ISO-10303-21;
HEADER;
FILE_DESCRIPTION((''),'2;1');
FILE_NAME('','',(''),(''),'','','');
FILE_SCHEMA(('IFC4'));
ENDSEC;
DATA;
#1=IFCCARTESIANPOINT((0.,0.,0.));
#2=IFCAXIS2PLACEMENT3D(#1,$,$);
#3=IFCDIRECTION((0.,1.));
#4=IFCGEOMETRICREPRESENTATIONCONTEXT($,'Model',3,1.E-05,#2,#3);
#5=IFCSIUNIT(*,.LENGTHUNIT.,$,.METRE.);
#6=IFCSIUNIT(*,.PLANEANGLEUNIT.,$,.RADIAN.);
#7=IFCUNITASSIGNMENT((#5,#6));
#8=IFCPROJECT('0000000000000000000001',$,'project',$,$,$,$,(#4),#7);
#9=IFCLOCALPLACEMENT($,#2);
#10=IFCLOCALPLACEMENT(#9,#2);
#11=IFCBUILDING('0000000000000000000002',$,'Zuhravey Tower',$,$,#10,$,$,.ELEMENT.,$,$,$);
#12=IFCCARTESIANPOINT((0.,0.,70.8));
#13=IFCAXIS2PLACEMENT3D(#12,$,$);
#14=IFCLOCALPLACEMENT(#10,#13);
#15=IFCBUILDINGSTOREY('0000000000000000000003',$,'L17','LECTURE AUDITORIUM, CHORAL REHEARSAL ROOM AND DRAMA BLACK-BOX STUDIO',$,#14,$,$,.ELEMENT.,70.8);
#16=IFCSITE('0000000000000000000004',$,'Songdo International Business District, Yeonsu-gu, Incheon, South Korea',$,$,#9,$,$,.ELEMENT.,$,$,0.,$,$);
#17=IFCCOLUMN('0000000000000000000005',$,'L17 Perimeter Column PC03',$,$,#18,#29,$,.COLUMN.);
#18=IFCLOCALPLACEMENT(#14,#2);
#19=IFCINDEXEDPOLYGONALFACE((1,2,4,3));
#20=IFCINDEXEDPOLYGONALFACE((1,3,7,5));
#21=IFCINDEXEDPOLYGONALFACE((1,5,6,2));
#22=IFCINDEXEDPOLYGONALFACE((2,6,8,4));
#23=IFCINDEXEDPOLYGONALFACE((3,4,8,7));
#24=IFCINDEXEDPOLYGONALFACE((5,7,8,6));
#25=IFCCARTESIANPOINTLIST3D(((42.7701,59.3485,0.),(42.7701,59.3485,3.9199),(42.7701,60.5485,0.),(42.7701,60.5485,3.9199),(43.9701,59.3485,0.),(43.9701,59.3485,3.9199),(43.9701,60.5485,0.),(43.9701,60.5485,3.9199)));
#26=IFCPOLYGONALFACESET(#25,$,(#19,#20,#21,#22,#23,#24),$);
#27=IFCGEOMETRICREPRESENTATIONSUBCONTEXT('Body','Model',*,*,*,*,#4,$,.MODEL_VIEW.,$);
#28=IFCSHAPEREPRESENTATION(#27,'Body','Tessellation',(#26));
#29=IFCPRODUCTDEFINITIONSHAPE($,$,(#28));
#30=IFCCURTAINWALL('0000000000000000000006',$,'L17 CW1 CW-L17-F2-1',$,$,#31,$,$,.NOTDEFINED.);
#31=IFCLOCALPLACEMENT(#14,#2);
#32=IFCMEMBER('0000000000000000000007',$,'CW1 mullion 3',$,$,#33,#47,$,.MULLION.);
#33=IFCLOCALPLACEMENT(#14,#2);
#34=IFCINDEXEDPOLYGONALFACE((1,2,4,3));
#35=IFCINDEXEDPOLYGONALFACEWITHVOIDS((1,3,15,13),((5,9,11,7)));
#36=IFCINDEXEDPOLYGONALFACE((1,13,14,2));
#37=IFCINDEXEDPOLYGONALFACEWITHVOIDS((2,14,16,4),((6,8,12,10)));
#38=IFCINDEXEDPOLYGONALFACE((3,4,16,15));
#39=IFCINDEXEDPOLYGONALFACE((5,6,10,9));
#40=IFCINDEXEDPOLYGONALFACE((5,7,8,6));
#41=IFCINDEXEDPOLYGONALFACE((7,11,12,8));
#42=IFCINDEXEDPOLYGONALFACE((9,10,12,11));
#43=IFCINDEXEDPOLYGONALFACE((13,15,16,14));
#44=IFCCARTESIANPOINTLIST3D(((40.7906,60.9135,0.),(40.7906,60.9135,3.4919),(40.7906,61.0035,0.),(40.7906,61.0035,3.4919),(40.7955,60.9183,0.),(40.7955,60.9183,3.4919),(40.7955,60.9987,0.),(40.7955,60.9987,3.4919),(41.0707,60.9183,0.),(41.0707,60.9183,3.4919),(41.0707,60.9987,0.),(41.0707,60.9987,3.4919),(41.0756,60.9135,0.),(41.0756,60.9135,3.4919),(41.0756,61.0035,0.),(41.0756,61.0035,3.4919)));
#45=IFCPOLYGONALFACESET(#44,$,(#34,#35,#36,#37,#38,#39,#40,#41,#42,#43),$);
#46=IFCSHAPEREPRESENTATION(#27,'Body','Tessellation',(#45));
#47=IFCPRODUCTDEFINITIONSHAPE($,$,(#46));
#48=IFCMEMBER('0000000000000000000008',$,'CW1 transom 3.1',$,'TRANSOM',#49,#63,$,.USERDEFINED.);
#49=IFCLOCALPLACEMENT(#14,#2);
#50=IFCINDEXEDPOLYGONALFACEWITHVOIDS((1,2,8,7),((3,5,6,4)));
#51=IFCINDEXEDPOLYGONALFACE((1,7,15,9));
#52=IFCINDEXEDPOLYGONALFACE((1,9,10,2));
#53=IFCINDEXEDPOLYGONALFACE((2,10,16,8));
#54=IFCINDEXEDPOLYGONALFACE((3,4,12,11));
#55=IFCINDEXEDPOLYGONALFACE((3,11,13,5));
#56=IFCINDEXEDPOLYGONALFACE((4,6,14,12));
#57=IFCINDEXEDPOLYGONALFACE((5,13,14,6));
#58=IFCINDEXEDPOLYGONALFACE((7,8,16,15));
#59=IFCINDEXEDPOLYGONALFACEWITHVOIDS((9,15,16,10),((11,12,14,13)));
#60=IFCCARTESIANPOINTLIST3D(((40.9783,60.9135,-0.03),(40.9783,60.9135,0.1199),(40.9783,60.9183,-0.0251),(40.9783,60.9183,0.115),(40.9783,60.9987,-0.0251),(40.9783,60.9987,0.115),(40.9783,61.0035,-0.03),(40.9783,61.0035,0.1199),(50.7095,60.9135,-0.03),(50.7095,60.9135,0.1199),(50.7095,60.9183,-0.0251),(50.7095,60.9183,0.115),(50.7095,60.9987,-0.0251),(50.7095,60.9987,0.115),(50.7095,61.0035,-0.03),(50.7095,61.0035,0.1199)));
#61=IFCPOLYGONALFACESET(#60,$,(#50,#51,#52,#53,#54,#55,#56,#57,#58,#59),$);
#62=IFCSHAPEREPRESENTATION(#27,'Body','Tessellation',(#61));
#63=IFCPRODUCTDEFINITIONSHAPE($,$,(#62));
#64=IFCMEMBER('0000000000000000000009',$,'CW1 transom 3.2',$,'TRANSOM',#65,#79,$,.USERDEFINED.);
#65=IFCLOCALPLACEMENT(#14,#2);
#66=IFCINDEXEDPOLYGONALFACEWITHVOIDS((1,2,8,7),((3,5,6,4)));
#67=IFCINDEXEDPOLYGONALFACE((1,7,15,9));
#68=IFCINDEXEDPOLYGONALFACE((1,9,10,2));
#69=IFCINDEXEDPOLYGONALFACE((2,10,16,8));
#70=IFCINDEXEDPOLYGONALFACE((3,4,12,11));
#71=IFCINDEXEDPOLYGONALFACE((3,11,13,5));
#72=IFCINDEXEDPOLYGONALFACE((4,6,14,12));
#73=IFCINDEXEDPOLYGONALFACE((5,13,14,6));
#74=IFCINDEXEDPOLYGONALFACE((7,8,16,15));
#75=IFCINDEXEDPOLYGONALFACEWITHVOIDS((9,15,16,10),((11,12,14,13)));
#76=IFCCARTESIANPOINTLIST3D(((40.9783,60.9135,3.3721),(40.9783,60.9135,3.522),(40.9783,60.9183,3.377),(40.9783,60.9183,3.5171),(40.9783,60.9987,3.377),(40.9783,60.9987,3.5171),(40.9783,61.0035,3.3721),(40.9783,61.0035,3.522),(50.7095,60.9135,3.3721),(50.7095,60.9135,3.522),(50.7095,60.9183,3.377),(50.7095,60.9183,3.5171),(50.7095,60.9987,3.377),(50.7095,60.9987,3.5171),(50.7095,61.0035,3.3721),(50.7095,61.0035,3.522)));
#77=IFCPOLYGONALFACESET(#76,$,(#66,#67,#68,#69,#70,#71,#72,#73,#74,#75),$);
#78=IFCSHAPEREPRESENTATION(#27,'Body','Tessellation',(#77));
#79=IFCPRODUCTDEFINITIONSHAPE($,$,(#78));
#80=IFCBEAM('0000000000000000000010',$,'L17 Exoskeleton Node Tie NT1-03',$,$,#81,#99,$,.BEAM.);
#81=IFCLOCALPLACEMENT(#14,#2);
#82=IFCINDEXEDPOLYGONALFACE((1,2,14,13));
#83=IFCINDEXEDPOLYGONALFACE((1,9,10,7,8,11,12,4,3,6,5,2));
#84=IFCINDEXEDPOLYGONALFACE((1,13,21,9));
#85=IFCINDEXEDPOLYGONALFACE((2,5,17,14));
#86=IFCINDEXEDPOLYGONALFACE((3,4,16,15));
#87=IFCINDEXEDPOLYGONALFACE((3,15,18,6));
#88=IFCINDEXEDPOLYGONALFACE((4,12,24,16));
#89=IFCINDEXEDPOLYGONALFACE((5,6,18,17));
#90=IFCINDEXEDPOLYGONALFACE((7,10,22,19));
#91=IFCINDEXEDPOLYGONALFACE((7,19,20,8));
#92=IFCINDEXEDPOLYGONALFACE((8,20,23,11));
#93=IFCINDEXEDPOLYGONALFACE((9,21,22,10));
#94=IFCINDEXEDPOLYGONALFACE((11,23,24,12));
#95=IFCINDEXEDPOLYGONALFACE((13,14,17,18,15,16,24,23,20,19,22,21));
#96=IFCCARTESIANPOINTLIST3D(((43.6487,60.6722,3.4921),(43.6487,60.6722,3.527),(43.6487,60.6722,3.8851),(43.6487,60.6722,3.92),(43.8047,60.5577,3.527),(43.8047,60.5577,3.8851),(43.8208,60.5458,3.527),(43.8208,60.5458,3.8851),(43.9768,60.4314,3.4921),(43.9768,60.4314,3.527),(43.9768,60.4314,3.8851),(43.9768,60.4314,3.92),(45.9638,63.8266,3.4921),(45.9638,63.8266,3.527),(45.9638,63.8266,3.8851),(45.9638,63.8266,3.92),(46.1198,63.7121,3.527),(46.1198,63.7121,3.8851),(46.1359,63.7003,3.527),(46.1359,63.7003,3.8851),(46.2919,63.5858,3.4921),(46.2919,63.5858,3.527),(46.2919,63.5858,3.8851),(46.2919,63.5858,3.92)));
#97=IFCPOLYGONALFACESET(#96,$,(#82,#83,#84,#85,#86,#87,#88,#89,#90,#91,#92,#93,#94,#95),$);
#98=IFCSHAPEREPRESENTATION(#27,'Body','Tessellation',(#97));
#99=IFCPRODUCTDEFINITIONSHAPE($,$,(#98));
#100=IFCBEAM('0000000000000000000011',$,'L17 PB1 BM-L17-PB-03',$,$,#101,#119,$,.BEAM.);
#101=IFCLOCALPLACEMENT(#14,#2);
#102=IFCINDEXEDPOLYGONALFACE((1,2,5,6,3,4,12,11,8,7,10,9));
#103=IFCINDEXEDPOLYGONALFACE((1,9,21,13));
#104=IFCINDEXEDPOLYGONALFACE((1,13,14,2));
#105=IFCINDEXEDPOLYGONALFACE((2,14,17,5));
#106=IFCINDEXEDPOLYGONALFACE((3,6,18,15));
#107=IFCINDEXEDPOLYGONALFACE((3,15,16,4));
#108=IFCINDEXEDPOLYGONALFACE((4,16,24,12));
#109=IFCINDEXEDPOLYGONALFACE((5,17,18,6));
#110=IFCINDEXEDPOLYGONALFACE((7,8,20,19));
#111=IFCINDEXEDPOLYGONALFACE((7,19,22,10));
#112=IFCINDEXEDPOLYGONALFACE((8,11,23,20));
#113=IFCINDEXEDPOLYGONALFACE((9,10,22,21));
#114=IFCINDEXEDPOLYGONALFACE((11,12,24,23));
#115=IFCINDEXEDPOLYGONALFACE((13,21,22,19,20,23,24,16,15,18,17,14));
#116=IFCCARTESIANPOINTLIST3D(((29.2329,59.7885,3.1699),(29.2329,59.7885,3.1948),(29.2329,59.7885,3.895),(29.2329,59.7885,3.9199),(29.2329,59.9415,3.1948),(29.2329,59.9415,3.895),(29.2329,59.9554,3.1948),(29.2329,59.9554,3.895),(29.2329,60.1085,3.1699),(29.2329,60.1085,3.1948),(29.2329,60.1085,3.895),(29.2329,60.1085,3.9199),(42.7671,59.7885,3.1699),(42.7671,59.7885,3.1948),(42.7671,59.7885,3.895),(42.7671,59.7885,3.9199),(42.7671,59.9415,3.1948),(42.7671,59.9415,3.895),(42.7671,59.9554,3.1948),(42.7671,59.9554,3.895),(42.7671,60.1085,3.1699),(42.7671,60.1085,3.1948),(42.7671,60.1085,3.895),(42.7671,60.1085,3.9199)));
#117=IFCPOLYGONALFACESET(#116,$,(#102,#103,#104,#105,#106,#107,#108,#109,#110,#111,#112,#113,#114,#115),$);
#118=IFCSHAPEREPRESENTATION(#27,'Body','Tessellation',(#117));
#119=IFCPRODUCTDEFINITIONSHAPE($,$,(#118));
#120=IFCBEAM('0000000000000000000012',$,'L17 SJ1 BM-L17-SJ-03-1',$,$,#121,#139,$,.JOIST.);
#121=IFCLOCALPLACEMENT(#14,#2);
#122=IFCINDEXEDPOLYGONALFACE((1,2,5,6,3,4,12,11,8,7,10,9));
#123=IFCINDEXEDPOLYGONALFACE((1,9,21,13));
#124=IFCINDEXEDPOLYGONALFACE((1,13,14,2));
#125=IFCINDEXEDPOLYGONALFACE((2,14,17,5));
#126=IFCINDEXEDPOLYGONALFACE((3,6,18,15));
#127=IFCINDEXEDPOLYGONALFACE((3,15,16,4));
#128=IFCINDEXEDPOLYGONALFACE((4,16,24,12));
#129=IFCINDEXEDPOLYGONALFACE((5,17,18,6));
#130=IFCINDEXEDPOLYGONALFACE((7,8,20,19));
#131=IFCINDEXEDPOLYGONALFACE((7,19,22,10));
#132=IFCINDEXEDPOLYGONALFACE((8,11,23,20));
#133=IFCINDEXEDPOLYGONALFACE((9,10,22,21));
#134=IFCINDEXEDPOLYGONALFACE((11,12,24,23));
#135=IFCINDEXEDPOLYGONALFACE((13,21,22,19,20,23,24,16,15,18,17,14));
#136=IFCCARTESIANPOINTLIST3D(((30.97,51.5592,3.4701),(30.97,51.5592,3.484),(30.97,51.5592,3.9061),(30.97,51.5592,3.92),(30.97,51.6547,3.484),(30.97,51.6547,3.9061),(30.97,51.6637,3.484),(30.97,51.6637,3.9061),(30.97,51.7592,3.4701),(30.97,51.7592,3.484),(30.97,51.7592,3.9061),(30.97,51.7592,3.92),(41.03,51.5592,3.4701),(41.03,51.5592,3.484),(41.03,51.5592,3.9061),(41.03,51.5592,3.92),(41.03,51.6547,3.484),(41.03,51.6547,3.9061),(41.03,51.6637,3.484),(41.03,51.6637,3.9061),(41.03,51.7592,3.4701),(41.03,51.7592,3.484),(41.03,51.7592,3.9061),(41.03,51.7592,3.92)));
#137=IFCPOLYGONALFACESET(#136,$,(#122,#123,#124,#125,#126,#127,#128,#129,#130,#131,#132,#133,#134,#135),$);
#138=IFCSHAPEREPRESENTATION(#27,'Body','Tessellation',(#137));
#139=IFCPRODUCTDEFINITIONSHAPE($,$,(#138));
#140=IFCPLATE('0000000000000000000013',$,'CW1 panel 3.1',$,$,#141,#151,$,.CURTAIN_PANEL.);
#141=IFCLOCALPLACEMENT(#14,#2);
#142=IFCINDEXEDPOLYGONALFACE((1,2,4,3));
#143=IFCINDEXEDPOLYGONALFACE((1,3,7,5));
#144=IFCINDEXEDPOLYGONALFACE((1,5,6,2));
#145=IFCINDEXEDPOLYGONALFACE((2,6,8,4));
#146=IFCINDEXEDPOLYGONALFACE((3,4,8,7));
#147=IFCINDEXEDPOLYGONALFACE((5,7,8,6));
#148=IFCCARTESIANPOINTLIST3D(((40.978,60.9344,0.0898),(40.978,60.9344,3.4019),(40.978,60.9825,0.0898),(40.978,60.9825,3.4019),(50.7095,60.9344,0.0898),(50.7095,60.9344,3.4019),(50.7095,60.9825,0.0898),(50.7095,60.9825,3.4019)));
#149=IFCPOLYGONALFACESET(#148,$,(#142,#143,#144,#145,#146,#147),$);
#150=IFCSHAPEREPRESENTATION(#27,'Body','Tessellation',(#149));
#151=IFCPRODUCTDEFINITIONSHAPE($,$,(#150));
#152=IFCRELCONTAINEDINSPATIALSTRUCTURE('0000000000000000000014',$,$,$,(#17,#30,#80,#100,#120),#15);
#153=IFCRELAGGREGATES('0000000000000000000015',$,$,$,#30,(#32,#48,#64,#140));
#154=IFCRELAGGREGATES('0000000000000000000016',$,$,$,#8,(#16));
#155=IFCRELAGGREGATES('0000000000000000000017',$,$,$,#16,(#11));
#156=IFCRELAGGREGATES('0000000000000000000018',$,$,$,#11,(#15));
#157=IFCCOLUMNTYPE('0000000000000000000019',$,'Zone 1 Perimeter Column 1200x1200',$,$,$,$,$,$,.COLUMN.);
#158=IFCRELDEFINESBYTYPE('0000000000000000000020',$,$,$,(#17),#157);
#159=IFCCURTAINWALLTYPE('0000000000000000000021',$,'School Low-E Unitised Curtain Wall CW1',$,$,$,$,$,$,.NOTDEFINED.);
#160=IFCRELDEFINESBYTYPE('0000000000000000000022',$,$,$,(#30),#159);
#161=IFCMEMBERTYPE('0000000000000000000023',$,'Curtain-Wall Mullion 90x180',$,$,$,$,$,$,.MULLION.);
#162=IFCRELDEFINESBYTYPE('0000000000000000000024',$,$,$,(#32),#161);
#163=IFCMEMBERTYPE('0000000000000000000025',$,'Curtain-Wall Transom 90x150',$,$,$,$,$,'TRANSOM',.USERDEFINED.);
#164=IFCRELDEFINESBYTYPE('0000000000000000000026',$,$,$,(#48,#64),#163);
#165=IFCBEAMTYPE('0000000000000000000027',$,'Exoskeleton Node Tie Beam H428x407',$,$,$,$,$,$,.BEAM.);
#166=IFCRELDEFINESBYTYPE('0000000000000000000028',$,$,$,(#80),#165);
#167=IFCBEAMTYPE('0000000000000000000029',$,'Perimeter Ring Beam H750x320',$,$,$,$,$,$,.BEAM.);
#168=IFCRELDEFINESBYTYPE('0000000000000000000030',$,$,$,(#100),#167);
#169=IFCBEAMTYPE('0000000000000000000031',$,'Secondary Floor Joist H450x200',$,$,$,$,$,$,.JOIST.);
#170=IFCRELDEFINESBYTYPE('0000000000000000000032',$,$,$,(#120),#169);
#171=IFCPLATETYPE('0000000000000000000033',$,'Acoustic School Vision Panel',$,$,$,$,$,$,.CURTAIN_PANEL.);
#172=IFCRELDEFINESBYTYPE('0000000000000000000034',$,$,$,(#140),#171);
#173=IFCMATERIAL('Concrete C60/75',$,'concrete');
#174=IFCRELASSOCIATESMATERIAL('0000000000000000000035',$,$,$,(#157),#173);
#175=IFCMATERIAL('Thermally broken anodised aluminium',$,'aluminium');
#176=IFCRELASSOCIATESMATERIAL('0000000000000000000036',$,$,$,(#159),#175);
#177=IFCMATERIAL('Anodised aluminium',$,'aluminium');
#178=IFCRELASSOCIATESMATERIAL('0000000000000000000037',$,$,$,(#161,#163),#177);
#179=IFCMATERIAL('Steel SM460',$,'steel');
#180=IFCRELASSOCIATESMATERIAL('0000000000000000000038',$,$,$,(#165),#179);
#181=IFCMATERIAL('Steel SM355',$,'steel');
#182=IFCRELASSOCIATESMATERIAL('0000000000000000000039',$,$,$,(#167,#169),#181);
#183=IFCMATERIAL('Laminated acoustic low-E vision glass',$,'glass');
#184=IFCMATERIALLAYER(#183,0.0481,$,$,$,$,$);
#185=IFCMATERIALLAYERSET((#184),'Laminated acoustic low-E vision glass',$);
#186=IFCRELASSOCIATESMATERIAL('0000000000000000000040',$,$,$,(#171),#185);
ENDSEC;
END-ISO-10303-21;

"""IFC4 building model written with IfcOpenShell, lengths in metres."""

from ifc_helpers import new_model, si_unit, direction, frame, origin, origin_2d, place, context, subcontext, project, spatial, rectangle, hollow_rectangle, i_section, extrude, material, layer, layer_set, material_profile, profile_set, type_object, element, aggregate, save


model = new_model("IFC4")

# Units and contexts
model_context = context("Model", 3, precision=1e-05, world=origin(), true_north=direction((0.0, 1.0)))
body_context = subcontext(model_context, "Body", "Model", "MODEL_VIEW")
ifc_project = project(units=[si_unit("LENGTHUNIT", "METRE"), si_unit("PLANEANGLEUNIT", "RADIAN")], contexts=[model_context])

# Site, building, storey
site_placement = place(None, origin())
site = spatial("IfcSite", under=ifc_project, at=site_placement, Name="Songdo International Business District, Yeonsu-gu, Incheon, South Korea", CompositionType="ELEMENT", RefElevation=0.0)
building_placement = place(site_placement, origin())
building = spatial("IfcBuilding", under=site, at=building_placement, Name="Zuhravey Tower", CompositionType="ELEMENT")
storey_placement = place(building_placement, frame((0.0, 0.0, 70.8)))
storey = spatial("IfcBuildingStorey", under=building, at=storey_placement, Name="L17", Description="LECTURE AUDITORIUM, CHORAL REHEARSAL ROOM AND DRAMA BLACK-BOX STUDIO", CompositionType="ELEMENT", Elevation=70.8)

# Column
ifc_material_1 = material(Name="Concrete C60/75", Category="concrete")
ifc_material_profile_1 = material_profile(ifc_material_1, rectangle(XDim=1.2, YDim=1.2, at=origin_2d()), Name="RC-1200x1200")
ifc_profile_set_1 = profile_set([ifc_material_profile_1], Name="Concrete C60/75")
column_type = type_object("IfcColumnType", Name="Zone 1 Perimeter Column 1200x1200", PredefinedType="COLUMN", material=ifc_profile_set_1)
column_placement = place(storey_placement, frame((43.3701, 59.9485, 0.0), z_axis=(0.0, 0.0, 1.0), x_axis=(-1.0, 0.0, 0.0)))
element("IfcColumn", 1, at=column_placement, inside=storey, type_object=column_type, Name="L17 Perimeter Column PC03", PredefinedType="COLUMN", context=body_context, shape_type="SweptSolid", body=[
    extrude(rectangle(XDim=1.2, YDim=1.2, at=origin_2d()), origin(), (0.0, 0.0, 1.0), 3.9199),
])

# Curtain wall, members
ifc_material_2 = material(Name="Thermally broken anodised aluminium", Category="aluminium")
curtain_wall_type = type_object("IfcCurtainWallType", Name="School Low-E Unitised Curtain Wall CW1", PredefinedType="NOTDEFINED", material=ifc_material_2)
curtain_wall_placement = place(storey_placement, origin())
curtain_wall = element("IfcCurtainWall", 2, at=curtain_wall_placement, inside=storey, type_object=curtain_wall_type, Name="L17 CW1 CW-L17-F2-1", PredefinedType="NOTDEFINED")
ifc_material_3 = material(Name="Anodised aluminium", Category="aluminium")
ifc_material_profile_2 = material_profile(ifc_material_3, hollow_rectangle(XDim=0.0901, YDim=0.2849, WallThickness=0.0049, at=origin_2d()), Name="ALU-RHS-90x285x5")
ifc_profile_set_2 = profile_set([ifc_material_profile_2], Name="Anodised aluminium")
member_type_1 = type_object("IfcMemberType", Name="Curtain-Wall Mullion 90x180", PredefinedType="MULLION", material=ifc_profile_set_2)
member_1_placement = place(storey_placement, frame((40.9331, 60.9585, 0.0), z_axis=(0.0, 0.0, 1.0), x_axis=(0.0, 1.0, 0.0)))
member_1 = element("IfcMember", 3, at=member_1_placement, type_object=member_type_1, Name="CW1 mullion 3", PredefinedType="MULLION", context=body_context, shape_type="SweptSolid", body=[
    extrude(hollow_rectangle(XDim=0.0901, YDim=0.2849, WallThickness=0.0049, at=origin_2d()), origin(), (0.0, 0.0, 1.0), 3.4919),
])
ifc_material_profile_3 = material_profile(ifc_material_3, hollow_rectangle(XDim=0.0901, YDim=0.1499, WallThickness=0.0049, at=origin_2d()), Name="ALU-RHS-90x150x5")
ifc_profile_set_3 = profile_set([ifc_material_profile_3], Name="Anodised aluminium")
member_type_2 = type_object("IfcMemberType", Name="Curtain-Wall Transom 90x150", ElementType="TRANSOM", PredefinedType="USERDEFINED", material=ifc_profile_set_3)
member_2_placement = place(storey_placement, frame((40.9783, 60.9585, 0.0449), z_axis=(1.0, 0.0, 0.0), x_axis=(0.0, 1.0, 0.0)))
member_2 = element("IfcMember", 4, at=member_2_placement, type_object=member_type_2, Name="CW1 transom 3.1", ObjectType="TRANSOM", PredefinedType="USERDEFINED", context=body_context, shape_type="SweptSolid", body=[
    extrude(hollow_rectangle(XDim=0.0901, YDim=0.1499, WallThickness=0.0049, at=origin_2d()), origin(), (0.0, 0.0, 1.0), 9.7312),
])
member_3_placement = place(storey_placement, frame((40.9783, 60.9585, 3.447), z_axis=(1.0, 0.0, 0.0), x_axis=(0.0, 1.0, 0.0)))
member_3 = element("IfcMember", 5, at=member_3_placement, type_object=member_type_2, Name="CW1 transom 3.2", ObjectType="TRANSOM", PredefinedType="USERDEFINED", context=body_context, shape_type="SweptSolid", body=[
    extrude(hollow_rectangle(XDim=0.0901, YDim=0.1499, WallThickness=0.0049, at=origin_2d()), origin(), (0.0, 0.0, 1.0), 9.7312),
])

# Beams
ifc_material_4 = material(Name="Steel SM460", Category="steel")
ifc_material_profile_4 = material_profile(ifc_material_4, i_section(OverallWidth=0.407, OverallDepth=0.428, WebThickness=0.02, FlangeThickness=0.0349, at=origin_2d()), Name="H-428x407x20x35")
ifc_profile_set_4 = profile_set([ifc_material_profile_4], Name="Steel SM460")
beam_type_1 = type_object("IfcBeamType", Name="Exoskeleton Node Tie Beam H428x407", PredefinedType="BEAM", material=ifc_profile_set_4)
beam_1_placement = place(storey_placement, frame((43.8127, 60.5518, 3.7061), z_axis=(0.591672, 0.806179, 0.0), x_axis=(-0.806179, 0.591672, 0.0)))
element("IfcBeam", 6, at=beam_1_placement, inside=storey, type_object=beam_type_1, Name="L17 Exoskeleton Node Tie NT1-03", PredefinedType="BEAM", context=body_context, shape_type="SweptSolid", body=[
    extrude(i_section(OverallWidth=0.407, OverallDepth=0.428, WebThickness=0.02, FlangeThickness=0.0349, at=origin_2d()), origin(), (0.0, 0.0, 1.0), 3.9128),
])
ifc_material_5 = material(Name="Steel SM355", Category="steel")
ifc_material_profile_5 = material_profile(ifc_material_5, i_section(OverallWidth=0.3201, OverallDepth=0.75, WebThickness=0.0139, FlangeThickness=0.0249, at=origin_2d()), Name="H-750x320x14x25")
ifc_profile_set_5 = profile_set([ifc_material_profile_5], Name="Steel SM355")
beam_type_2 = type_object("IfcBeamType", Name="Perimeter Ring Beam H750x320", PredefinedType="BEAM", material=ifc_profile_set_5)
beam_2_placement = place(storey_placement, frame((42.7671, 59.9485, 3.5449), z_axis=(-1.0, 0.0, 0.0), x_axis=(0.0, -1.0, 0.0)))
element("IfcBeam", 7, at=beam_2_placement, inside=storey, type_object=beam_type_2, Name="L17 PB1 BM-L17-PB-03", PredefinedType="BEAM", context=body_context, shape_type="SweptSolid", body=[
    extrude(i_section(OverallWidth=0.3201, OverallDepth=0.75, WebThickness=0.0139, FlangeThickness=0.0249, at=origin_2d()), origin(), (0.0, 0.0, 1.0), 13.5342),
])
ifc_material_profile_6 = material_profile(ifc_material_5, i_section(OverallWidth=0.2, OverallDepth=0.45, WebThickness=0.009, FlangeThickness=0.0139, at=origin_2d()), Name="H-450x200x9x14")
ifc_profile_set_6 = profile_set([ifc_material_profile_6], Name="Steel SM355")
beam_type_3 = type_object("IfcBeamType", Name="Secondary Floor Joist H450x200", PredefinedType="JOIST", material=ifc_profile_set_6)
beam_3_placement = place(storey_placement, frame((41.03, 51.6592, 3.6951), z_axis=(-1.0, 0.0, 0.0), x_axis=(0.0, -1.0, 0.0)))
element("IfcBeam", 8, at=beam_3_placement, inside=storey, type_object=beam_type_3, Name="L17 SJ1 BM-L17-SJ-03-1", PredefinedType="JOIST", context=body_context, shape_type="SweptSolid", body=[
    extrude(i_section(OverallWidth=0.2, OverallDepth=0.45, WebThickness=0.009, FlangeThickness=0.0139, at=origin_2d()), origin(), (0.0, 0.0, 1.0), 10.0601),
])

# Plate
ifc_material_6 = material(Name="Laminated acoustic low-E vision glass", Category="glass")
ifc_layer_1 = layer(ifc_material_6, 0.0481)
ifc_layer_set_1 = layer_set([ifc_layer_1], Name="Laminated acoustic low-E vision glass")
plate_type = type_object("IfcPlateType", Name="Acoustic School Vision Panel", PredefinedType="CURTAIN_PANEL", material=ifc_layer_set_1)
plate_placement = place(storey_placement, frame((45.8438, 60.9585, 0.0898), z_axis=(0.0, 0.0, 1.0), x_axis=(1.0, 0.0, 0.0)))
plate = element("IfcPlate", 9, at=plate_placement, type_object=plate_type, Name="CW1 panel 3.1", PredefinedType="CURTAIN_PANEL", context=body_context, shape_type="SweptSolid", body=[
    extrude(rectangle(XDim=9.7314, YDim=0.0481, at=origin_2d()), origin(), (0.0, 0.0, 1.0), 3.312),
])
aggregate(curtain_wall, [member_1, member_2, member_3, plate])

save(model, "model.ifc")
